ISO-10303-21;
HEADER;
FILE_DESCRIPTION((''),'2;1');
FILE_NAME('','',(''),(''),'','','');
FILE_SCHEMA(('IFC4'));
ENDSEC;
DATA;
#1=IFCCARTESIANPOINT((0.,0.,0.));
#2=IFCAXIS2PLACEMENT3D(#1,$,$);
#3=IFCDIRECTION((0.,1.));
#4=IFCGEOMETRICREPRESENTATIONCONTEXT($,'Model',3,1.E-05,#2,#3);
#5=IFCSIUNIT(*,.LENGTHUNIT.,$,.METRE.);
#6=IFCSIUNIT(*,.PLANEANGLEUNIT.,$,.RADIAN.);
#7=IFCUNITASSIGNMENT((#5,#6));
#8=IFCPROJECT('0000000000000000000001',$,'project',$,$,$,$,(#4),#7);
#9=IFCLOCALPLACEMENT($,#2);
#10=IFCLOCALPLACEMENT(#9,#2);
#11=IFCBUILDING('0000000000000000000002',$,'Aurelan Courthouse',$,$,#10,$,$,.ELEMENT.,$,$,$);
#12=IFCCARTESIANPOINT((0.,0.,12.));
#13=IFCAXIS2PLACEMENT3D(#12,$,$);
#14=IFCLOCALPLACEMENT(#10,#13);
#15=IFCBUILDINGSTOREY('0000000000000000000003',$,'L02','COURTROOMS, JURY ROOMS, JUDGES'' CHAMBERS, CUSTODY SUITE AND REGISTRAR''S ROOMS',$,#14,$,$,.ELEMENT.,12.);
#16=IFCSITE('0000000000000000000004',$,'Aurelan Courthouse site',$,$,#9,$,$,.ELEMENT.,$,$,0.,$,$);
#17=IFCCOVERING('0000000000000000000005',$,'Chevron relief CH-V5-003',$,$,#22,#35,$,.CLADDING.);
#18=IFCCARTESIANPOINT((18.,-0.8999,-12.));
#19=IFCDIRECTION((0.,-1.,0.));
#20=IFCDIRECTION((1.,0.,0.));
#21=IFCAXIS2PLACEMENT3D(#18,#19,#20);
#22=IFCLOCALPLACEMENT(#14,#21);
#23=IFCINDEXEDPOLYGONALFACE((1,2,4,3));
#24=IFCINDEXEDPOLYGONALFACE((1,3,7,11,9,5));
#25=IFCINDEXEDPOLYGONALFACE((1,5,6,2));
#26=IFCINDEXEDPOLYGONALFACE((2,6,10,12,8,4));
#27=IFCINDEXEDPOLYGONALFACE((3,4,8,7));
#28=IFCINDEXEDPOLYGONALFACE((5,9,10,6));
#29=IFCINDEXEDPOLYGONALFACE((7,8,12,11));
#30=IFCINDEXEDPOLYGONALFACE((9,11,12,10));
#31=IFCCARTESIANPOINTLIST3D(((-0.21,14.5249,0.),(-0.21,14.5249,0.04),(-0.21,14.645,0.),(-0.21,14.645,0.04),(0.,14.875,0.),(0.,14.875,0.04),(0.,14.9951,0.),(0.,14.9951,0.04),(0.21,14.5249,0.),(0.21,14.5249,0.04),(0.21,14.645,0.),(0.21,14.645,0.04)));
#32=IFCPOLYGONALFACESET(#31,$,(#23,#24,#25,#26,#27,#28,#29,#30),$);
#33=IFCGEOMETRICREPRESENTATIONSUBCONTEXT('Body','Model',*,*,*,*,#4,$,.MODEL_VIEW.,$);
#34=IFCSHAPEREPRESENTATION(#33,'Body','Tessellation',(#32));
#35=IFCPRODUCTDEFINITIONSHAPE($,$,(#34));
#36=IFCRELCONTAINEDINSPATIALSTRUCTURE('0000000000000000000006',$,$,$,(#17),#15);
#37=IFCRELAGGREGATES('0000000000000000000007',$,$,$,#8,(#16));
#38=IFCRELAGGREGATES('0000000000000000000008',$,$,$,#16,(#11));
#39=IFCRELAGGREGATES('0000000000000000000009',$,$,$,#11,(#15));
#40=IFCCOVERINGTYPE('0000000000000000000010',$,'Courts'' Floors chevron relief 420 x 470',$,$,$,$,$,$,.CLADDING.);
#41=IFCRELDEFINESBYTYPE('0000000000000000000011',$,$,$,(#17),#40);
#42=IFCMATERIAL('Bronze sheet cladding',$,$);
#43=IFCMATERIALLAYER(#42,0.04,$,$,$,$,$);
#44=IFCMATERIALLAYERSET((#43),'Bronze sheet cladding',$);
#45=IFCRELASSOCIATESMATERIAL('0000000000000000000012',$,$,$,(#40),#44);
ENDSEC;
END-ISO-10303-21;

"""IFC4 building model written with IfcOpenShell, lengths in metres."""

from ifc_helpers import new_model, si_unit, direction, frame, origin, place, context, subcontext, project, spatial, polyline, outline, extrude, material, layer, layer_set, type_object, element, save


model = new_model("IFC4")

# Units and contexts
model_context = context("Model", 3, precision=1e-05, world=origin(), true_north=direction((0.0, 1.0)))
body_context = subcontext(model_context, "Body", "Model", "MODEL_VIEW")
ifc_project = project(units=[si_unit("LENGTHUNIT", "METRE"), si_unit("PLANEANGLEUNIT", "RADIAN")], contexts=[model_context])

# Site, building, storey
site_placement = place(None, origin())
site = spatial("IfcSite", under=ifc_project, at=site_placement, Name="Aurelan Courthouse site", CompositionType="ELEMENT", RefElevation=0.0)
building_placement = place(site_placement, origin())
building = spatial("IfcBuilding", under=site, at=building_placement, Name="Aurelan Courthouse", CompositionType="ELEMENT")
storey_placement = place(building_placement, frame((0.0, 0.0, 12.0)))
storey = spatial("IfcBuildingStorey", under=building, at=storey_placement, Name="L02", Description="COURTROOMS, JURY ROOMS, JUDGES' CHAMBERS, CUSTODY SUITE AND REGISTRAR'S ROOMS", CompositionType="ELEMENT", Elevation=12.0)

# Covering
ifc_material_1 = material(Name="Bronze sheet cladding")
ifc_layer_1 = layer(ifc_material_1, 0.04)
ifc_layer_set_1 = layer_set([ifc_layer_1], Name="Bronze sheet cladding")
covering_type_1 = type_object("IfcCoveringType", Name="Courts' Floors chevron relief 420 x 470", PredefinedType="CLADDING", material=ifc_layer_set_1)
covering_1_placement = place(storey_placement, frame((18.0, -0.8999, -12.0), z_axis=(0.0, -1.0, 0.0), x_axis=(1.0, 0.0, 0.0)))
element("IfcCovering", 1, at=covering_1_placement, inside=storey, type_object=covering_type_1, Name="Chevron relief CH-V5-003", PredefinedType="CLADDING", context=body_context, shape_type="SweptSolid", body=[
    extrude(outline(polyline([(-0.21, 14.5249), (0.0, 14.875), (0.21, 14.5249), (0.21, 14.645), (0.0, 14.9951), (-0.21, 14.645), (-0.21, 14.5249)])), origin(), (0.0, 0.0, 1.0), 0.04),
])

save(model, "model.ifc")
